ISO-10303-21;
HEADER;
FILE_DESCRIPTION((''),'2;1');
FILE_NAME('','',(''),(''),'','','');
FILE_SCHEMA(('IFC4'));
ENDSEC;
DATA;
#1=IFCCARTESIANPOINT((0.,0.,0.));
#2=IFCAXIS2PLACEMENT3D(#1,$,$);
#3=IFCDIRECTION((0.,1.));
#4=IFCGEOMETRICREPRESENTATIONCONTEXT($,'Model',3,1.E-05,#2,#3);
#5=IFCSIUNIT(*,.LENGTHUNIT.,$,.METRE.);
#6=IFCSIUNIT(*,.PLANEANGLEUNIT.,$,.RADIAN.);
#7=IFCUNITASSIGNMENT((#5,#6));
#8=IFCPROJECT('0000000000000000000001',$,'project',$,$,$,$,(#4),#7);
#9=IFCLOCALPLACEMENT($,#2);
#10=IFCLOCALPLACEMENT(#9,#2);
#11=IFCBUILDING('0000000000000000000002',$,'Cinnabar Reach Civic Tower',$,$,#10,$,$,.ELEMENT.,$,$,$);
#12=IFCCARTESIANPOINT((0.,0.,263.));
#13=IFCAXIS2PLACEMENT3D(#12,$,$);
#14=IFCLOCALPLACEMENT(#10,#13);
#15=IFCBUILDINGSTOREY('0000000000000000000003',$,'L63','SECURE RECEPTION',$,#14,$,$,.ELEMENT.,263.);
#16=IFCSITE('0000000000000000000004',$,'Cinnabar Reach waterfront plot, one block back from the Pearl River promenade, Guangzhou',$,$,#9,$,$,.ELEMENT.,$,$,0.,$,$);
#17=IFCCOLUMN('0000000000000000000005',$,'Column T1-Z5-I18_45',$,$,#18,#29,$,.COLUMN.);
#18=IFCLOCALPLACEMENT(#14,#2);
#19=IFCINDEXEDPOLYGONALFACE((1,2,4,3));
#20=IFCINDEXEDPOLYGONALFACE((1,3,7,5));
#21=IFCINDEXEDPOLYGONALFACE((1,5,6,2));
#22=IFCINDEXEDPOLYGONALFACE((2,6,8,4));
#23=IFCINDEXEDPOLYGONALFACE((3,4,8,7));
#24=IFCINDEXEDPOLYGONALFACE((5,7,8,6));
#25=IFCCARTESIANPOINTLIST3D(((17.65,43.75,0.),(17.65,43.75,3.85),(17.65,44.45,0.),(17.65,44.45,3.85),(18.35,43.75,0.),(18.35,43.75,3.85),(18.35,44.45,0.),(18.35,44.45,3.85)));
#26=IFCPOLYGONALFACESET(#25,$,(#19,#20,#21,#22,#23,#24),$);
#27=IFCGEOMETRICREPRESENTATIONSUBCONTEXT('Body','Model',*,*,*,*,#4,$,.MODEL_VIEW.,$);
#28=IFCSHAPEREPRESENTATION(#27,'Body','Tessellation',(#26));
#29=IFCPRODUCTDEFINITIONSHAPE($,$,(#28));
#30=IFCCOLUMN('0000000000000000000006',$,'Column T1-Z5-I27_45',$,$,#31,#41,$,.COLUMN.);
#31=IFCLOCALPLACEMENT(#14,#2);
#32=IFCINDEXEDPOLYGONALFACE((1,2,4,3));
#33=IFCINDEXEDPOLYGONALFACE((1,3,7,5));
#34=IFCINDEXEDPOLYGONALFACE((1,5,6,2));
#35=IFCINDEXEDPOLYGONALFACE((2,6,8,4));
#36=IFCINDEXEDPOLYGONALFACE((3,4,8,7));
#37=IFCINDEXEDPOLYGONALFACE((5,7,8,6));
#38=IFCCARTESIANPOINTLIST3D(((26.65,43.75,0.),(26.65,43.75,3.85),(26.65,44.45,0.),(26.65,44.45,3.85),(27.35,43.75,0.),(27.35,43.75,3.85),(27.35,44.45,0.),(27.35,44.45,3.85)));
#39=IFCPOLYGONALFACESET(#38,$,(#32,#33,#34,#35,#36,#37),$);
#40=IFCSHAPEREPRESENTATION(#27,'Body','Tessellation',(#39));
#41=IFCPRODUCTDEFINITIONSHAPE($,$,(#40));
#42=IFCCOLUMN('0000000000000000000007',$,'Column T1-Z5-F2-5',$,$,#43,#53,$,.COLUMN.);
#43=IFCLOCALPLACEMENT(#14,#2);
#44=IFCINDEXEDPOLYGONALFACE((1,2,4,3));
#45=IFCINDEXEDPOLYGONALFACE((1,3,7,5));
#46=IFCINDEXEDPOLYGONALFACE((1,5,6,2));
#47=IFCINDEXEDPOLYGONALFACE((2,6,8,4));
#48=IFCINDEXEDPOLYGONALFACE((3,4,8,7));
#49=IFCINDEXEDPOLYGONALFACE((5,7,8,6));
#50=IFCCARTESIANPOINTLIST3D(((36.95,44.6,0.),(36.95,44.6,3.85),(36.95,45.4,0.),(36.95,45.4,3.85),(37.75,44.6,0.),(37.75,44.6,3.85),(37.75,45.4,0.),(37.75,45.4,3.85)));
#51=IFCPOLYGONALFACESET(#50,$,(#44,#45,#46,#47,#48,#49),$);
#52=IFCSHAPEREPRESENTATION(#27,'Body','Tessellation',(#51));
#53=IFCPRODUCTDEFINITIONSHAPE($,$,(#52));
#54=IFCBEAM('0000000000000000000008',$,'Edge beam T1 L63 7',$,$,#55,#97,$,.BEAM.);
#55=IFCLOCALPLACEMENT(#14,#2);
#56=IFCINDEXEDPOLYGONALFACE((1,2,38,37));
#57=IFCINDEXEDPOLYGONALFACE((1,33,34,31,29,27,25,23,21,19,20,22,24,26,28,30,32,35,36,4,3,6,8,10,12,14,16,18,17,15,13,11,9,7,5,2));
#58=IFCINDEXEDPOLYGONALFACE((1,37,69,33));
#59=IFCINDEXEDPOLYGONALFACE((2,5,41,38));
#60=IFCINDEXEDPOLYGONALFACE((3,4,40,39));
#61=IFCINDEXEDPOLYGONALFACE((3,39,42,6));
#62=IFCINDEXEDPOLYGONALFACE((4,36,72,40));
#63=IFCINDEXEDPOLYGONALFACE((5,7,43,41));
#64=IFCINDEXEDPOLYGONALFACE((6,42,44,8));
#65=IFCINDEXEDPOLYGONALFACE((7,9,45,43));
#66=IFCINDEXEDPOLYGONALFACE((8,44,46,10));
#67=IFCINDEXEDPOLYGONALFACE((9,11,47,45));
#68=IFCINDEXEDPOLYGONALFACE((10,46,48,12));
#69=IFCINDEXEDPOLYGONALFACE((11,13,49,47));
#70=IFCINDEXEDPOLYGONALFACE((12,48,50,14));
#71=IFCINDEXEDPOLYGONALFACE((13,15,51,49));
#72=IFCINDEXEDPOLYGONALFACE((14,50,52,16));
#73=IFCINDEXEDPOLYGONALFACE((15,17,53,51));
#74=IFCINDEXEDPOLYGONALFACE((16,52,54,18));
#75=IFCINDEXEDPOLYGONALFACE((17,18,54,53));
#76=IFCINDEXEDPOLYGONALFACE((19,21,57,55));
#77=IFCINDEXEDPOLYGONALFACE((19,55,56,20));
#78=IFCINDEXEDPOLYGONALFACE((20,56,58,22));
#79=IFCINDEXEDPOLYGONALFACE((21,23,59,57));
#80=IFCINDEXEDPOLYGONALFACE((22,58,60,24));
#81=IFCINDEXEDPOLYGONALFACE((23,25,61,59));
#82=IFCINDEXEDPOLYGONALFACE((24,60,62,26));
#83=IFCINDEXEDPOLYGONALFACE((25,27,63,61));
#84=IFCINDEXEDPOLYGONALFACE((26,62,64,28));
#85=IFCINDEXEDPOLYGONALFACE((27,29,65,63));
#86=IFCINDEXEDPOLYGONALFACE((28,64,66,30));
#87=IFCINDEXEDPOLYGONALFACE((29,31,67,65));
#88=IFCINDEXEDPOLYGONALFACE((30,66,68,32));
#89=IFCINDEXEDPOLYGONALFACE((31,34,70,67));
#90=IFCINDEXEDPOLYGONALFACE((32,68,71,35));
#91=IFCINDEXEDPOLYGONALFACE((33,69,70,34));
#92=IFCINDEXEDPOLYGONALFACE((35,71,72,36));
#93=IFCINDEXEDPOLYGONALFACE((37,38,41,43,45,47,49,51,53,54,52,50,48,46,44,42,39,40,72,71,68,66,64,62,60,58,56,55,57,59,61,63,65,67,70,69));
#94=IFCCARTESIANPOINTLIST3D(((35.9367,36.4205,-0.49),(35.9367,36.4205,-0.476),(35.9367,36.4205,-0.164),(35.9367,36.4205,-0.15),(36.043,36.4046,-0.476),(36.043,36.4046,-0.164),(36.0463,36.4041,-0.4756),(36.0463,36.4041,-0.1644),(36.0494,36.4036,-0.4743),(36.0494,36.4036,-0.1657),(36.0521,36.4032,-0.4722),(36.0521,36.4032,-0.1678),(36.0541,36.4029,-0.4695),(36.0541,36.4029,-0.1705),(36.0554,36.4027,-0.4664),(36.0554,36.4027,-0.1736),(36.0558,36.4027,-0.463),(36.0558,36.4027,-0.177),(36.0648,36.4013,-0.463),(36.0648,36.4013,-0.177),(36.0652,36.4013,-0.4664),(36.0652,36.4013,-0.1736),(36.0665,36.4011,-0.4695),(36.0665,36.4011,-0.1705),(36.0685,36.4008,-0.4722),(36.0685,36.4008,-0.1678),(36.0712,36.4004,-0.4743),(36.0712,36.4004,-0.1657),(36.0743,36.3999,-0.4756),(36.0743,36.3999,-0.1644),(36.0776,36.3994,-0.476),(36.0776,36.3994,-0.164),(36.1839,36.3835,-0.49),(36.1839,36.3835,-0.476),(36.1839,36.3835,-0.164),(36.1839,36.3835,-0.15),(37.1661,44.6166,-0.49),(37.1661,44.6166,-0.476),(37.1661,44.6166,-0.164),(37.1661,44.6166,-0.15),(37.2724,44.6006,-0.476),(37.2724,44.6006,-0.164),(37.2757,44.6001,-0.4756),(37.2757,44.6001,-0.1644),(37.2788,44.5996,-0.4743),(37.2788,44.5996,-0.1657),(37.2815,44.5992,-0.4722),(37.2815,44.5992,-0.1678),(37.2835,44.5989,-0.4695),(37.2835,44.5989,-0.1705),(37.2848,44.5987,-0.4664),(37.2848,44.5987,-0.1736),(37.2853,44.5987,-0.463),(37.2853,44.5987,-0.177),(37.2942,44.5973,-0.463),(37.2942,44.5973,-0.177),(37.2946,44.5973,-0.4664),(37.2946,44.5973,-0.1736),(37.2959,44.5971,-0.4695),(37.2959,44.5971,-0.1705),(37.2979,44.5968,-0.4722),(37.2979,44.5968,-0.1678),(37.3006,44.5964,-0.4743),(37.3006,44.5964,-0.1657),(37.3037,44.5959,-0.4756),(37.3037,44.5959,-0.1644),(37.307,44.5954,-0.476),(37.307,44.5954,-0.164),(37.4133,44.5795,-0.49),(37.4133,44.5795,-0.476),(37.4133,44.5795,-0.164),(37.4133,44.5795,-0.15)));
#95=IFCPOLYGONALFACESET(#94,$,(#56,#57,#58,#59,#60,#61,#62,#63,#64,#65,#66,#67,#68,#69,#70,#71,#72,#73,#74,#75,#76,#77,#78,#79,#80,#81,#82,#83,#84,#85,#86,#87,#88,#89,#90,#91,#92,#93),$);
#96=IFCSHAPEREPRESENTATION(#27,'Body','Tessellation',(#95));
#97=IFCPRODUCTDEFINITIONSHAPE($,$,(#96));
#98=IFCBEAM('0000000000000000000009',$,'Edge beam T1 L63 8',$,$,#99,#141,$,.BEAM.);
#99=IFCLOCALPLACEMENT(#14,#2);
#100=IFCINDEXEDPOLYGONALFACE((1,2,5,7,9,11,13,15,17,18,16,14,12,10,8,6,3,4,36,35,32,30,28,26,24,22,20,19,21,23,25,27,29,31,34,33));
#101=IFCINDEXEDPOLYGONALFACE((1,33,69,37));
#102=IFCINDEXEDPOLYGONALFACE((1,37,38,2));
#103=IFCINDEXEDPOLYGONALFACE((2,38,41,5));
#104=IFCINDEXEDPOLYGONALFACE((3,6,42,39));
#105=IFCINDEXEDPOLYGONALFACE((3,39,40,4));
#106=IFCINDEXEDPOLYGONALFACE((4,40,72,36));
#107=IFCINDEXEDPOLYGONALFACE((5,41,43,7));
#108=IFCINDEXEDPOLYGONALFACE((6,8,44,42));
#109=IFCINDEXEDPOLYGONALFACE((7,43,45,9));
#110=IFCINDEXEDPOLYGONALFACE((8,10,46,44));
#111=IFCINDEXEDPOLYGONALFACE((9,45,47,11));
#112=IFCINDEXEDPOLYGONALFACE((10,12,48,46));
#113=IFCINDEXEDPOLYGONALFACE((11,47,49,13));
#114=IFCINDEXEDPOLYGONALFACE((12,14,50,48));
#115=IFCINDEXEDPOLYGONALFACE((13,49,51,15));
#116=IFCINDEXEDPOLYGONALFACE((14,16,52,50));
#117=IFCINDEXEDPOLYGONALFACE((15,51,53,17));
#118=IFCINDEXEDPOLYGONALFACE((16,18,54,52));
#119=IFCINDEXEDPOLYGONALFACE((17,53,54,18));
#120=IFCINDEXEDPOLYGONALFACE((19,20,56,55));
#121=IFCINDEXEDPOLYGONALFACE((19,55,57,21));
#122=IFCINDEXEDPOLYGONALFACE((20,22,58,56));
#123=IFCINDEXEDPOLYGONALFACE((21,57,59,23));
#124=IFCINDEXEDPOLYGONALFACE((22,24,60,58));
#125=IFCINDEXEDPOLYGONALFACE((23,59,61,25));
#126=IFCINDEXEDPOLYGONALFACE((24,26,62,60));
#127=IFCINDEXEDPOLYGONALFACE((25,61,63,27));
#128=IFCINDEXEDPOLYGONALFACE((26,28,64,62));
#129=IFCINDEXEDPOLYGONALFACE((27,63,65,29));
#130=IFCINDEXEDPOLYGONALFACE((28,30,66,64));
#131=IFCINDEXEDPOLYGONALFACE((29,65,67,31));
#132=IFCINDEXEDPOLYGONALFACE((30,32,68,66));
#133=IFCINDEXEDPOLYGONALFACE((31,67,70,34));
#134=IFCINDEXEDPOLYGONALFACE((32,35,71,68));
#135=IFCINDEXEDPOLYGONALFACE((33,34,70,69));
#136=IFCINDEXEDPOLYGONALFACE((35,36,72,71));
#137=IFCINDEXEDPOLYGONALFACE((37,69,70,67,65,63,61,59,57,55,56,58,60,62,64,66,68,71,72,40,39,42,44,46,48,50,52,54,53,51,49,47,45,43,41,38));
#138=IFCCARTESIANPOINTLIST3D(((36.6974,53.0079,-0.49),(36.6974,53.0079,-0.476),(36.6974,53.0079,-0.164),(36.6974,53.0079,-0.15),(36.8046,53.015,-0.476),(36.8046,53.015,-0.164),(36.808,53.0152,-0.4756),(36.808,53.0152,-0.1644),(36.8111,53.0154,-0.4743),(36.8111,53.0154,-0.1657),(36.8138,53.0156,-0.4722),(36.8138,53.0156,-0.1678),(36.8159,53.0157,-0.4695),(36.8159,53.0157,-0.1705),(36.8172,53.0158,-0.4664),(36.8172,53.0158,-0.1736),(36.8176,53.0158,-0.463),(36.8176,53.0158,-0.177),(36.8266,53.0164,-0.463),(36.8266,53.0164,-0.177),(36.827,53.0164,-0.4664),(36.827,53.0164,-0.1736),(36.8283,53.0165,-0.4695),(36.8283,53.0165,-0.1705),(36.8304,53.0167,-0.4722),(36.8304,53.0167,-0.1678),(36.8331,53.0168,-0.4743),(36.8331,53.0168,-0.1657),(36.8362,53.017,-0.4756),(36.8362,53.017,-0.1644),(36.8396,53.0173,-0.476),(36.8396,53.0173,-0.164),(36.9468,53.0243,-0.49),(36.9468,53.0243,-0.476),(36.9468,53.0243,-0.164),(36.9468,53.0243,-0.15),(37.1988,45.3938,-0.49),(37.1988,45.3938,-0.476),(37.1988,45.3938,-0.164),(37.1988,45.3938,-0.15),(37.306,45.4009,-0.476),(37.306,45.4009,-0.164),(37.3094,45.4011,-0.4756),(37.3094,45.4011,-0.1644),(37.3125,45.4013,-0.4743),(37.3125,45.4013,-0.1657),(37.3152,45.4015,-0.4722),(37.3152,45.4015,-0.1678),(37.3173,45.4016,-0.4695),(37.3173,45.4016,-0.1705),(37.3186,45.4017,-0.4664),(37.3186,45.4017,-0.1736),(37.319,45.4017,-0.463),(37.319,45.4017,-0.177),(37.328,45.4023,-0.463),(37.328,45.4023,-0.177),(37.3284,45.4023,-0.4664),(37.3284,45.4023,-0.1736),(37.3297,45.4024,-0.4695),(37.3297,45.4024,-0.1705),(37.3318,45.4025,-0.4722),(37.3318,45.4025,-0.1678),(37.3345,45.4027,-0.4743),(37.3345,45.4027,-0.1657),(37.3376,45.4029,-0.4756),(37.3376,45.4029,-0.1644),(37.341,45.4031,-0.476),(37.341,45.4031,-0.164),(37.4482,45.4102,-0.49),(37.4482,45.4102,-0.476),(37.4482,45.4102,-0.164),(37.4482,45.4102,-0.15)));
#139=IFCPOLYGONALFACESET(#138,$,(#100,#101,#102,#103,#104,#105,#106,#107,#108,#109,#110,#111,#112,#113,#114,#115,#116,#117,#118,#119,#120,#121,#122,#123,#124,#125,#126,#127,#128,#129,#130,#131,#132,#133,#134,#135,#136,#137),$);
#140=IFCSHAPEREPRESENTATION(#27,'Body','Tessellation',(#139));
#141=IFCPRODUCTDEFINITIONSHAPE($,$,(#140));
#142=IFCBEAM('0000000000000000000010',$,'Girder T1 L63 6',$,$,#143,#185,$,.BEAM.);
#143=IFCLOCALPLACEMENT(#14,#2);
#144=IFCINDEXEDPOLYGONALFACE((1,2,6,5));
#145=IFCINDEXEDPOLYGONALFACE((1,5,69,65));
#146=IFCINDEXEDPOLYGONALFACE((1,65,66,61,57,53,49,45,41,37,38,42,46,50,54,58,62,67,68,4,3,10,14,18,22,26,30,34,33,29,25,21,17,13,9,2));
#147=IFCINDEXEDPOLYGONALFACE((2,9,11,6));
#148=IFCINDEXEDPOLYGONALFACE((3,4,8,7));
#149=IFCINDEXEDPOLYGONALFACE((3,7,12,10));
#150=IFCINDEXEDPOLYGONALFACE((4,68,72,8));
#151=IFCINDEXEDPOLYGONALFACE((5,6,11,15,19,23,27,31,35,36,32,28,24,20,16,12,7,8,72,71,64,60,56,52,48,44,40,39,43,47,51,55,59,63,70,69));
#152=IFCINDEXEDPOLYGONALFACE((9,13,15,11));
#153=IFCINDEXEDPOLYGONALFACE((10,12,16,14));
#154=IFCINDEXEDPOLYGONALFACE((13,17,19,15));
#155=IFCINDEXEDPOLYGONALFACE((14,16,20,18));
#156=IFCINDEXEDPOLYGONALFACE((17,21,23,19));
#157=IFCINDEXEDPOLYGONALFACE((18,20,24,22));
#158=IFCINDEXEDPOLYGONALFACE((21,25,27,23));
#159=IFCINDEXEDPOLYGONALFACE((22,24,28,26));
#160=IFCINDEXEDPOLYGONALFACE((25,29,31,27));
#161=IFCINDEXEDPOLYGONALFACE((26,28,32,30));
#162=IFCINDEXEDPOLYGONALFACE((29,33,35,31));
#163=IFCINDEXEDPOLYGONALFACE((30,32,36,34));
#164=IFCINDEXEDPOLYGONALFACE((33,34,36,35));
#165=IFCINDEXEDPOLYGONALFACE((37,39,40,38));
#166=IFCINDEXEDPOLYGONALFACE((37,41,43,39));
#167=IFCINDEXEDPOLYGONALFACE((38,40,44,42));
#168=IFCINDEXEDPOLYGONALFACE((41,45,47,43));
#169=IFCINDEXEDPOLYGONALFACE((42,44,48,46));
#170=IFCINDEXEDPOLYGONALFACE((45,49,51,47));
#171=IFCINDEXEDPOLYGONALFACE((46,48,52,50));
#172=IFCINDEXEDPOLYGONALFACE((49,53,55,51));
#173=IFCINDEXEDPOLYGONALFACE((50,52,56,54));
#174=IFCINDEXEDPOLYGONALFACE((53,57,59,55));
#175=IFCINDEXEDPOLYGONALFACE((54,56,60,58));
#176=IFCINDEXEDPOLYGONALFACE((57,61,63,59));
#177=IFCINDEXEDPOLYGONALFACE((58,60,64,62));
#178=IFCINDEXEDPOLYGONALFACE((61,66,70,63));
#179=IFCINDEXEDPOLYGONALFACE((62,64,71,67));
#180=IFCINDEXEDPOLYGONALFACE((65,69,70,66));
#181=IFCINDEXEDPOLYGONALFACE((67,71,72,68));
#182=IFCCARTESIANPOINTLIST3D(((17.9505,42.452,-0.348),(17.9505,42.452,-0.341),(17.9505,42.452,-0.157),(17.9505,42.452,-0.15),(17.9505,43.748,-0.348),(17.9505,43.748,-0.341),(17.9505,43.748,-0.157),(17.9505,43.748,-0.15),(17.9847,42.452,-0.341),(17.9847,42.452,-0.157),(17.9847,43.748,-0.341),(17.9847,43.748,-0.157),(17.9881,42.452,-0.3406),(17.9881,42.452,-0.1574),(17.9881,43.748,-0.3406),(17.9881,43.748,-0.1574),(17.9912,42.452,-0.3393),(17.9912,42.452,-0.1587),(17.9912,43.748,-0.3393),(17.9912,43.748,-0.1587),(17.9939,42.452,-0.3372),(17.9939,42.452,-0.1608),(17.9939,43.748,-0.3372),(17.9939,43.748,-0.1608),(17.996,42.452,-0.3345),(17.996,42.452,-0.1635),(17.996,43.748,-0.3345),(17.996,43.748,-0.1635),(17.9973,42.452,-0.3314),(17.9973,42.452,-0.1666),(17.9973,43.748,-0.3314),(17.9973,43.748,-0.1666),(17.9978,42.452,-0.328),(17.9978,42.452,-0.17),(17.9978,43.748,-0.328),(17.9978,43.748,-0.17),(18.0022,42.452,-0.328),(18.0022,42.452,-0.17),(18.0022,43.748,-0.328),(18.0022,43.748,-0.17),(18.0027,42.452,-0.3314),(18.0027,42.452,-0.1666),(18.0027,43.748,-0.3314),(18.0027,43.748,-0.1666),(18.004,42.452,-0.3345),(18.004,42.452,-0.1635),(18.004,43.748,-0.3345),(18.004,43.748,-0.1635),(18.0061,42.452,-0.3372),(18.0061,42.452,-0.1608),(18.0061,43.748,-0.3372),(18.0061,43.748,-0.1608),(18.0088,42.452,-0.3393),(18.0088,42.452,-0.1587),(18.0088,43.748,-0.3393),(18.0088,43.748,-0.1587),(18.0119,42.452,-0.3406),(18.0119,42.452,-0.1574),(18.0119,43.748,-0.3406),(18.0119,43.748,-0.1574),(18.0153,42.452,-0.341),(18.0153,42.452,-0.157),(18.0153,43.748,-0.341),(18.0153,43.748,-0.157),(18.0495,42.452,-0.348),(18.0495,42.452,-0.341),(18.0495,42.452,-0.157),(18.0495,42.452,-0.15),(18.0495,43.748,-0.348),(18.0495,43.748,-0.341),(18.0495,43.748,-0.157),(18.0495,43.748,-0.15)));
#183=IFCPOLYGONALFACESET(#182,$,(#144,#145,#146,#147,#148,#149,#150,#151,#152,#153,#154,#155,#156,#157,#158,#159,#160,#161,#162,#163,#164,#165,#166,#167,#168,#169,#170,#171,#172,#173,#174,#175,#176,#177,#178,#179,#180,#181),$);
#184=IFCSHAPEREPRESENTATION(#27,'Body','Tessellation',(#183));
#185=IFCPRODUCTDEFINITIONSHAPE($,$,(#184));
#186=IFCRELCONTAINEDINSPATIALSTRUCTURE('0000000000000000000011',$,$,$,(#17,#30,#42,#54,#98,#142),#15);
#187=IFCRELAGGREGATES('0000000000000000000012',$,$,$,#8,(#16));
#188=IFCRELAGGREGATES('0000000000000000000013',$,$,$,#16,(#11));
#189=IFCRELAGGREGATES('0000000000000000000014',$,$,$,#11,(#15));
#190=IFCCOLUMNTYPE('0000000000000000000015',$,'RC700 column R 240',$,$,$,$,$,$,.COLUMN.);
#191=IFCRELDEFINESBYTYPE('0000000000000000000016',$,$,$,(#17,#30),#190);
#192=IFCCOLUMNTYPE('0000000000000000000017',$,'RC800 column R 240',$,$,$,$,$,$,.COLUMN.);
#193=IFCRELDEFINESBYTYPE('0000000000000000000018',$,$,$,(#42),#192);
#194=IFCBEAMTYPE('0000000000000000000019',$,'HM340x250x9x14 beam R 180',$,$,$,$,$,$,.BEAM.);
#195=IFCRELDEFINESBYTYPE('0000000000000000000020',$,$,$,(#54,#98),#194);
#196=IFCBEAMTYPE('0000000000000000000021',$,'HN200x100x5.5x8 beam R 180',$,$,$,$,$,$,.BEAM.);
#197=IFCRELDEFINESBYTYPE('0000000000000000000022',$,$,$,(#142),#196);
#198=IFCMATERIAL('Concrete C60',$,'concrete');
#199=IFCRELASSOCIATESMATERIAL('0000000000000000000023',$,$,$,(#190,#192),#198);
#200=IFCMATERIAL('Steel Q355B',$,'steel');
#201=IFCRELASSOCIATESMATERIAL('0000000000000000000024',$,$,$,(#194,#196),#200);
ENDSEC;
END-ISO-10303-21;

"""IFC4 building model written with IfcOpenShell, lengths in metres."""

from ifc_helpers import new_model, si_unit, direction, frame, origin, origin_2d, place, context, subcontext, project, spatial, rectangle, i_section, extrude, material, material_profile, profile_set, type_object, element, save


model = new_model("IFC4")

# Units and contexts
model_context = context("Model", 3, precision=1e-05, world=origin(), true_north=direction((0.0, 1.0)))
body_context = subcontext(model_context, "Body", "Model", "MODEL_VIEW")
ifc_project = project(units=[si_unit("LENGTHUNIT", "METRE"), si_unit("PLANEANGLEUNIT", "RADIAN")], contexts=[model_context])

# Site, building, storey
site_placement = place(None, origin())
site = spatial("IfcSite", under=ifc_project, at=site_placement, Name="Cinnabar Reach waterfront plot, one block back from the Pearl River promenade, Guangzhou", CompositionType="ELEMENT", RefElevation=0.0)
building_placement = place(site_placement, origin())
building = spatial("IfcBuilding", under=site, at=building_placement, Name="Cinnabar Reach Civic Tower", CompositionType="ELEMENT")
storey_placement = place(building_placement, frame((0.0, 0.0, 263.0)))
storey = spatial("IfcBuildingStorey", under=building, at=storey_placement, Name="L63", Description="SECURE RECEPTION", CompositionType="ELEMENT", Elevation=263.0)

# Columns
ifc_material_1 = material(Name="Concrete C60", Category="concrete")
ifc_material_profile_1 = material_profile(ifc_material_1, rectangle(XDim=0.7, YDim=0.7, at=origin_2d()), Name="RC700")
ifc_profile_set_1 = profile_set([ifc_material_profile_1], Name="Concrete C60")
column_type_1 = type_object("IfcColumnType", Name="RC700 column R 240", PredefinedType="COLUMN", material=ifc_profile_set_1)
for number, where, z_axis, x_axis, name in (
    (1, (18.0, 44.1, 0.0), (0.0, 0.0, 1.0), (1.0, 0.0, 0.0), "Column T1-Z5-I18_45"),
    (2, (27.0, 44.1, 0.0), (0.0, 0.0, 1.0), (1.0, 0.0, 0.0), "Column T1-Z5-I27_45"),
):
    element("IfcColumn", number, at=place(storey_placement, frame(where, z_axis=z_axis, x_axis=x_axis)), inside=storey, type_object=column_type_1, Name=name, PredefinedType="COLUMN", context=body_context, shape_type="SweptSolid", body=[
        extrude(rectangle(XDim=0.7, YDim=0.7, at=origin_2d()), origin(), (0.0, 0.0, 1.0), 3.85),
    ])
ifc_material_profile_2 = material_profile(ifc_material_1, rectangle(XDim=0.8, YDim=0.8, at=origin_2d()), Name="RC800")
ifc_profile_set_2 = profile_set([ifc_material_profile_2], Name="Concrete C60")
column_type_2 = type_object("IfcColumnType", Name="RC800 column R 240", PredefinedType="COLUMN", material=ifc_profile_set_2)
column_placement = place(storey_placement, frame((37.35, 45.0, 0.0), z_axis=(0.0, 0.0, 1.0), x_axis=(1.0, 0.0, 0.0)))
element("IfcColumn", 3, at=column_placement, inside=storey, type_object=column_type_2, Name="Column T1-Z5-F2-5", PredefinedType="COLUMN", context=body_context, shape_type="SweptSolid", body=[
    extrude(rectangle(XDim=0.8, YDim=0.8, at=origin_2d()), origin(), (0.0, 0.0, 1.0), 3.85),
])

# Beams
ifc_material_2 = material(Name="Steel Q355B", Category="steel")
ifc_material_profile_3 = material_profile(ifc_material_2, i_section(OverallWidth=0.25, OverallDepth=0.34, WebThickness=0.009, FlangeThickness=0.014, FilletRadius=0.013, at=origin_2d()), Name="HM340x250x9x14")
ifc_profile_set_3 = profile_set([ifc_material_profile_3], Name="Steel Q355B")
beam_type_1 = type_object("IfcBeamType", Name="HM340x250x9x14 beam R 180", PredefinedType="BEAM", material=ifc_profile_set_3)
beam_1_placement = place(storey_placement, frame((36.0603, 36.402, -0.32), z_axis=(0.14834, 0.988936, 0.0), x_axis=(-0.988936, 0.14834, 0.0)))
element("IfcBeam", 4, at=beam_1_placement, inside=storey, type_object=beam_type_1, Name="Edge beam T1 L63 7", PredefinedType="BEAM", context=body_context, shape_type="SweptSolid", body=[
    extrude(i_section(OverallWidth=0.25, OverallDepth=0.34, WebThickness=0.009, FlangeThickness=0.014, FilletRadius=0.013, at=origin_2d()), origin(), (0.0, 0.0, 1.0), 8.2877),
])
beam_2_placement = place(storey_placement, frame((37.3235, 45.402, -0.32), z_axis=(-0.065709, 0.997839, 0.0), x_axis=(-0.997839, -0.065709, 0.0)))
element("IfcBeam", 5, at=beam_2_placement, inside=storey, type_object=beam_type_1, Name="Edge beam T1 L63 8", PredefinedType="BEAM", context=body_context, shape_type="SweptSolid", body=[
    extrude(i_section(OverallWidth=0.25, OverallDepth=0.34, WebThickness=0.009, FlangeThickness=0.014, FilletRadius=0.013, at=origin_2d()), origin(), (0.0, 0.0, 1.0), 7.6306),
])
ifc_material_profile_4 = material_profile(ifc_material_2, i_section(OverallWidth=0.099, OverallDepth=0.198, WebThickness=0.0045, FlangeThickness=0.007, FilletRadius=0.013, at=origin_2d()), Name="HN200x100x5.5x8")
ifc_profile_set_4 = profile_set([ifc_material_profile_4], Name="Steel Q355B")
beam_type_2 = type_object("IfcBeamType", Name="HN200x100x5.5x8 beam R 180", PredefinedType="BEAM", material=ifc_profile_set_4)
beam_3_placement = place(storey_placement, frame((18.0, 42.452, -0.249), z_axis=(0.0, 1.0, 0.0), x_axis=(-1.0, 0.0, 0.0)))
element("IfcBeam", 6, at=beam_3_placement, inside=storey, type_object=beam_type_2, Name="Girder T1 L63 6", PredefinedType="BEAM", context=body_context, shape_type="SweptSolid", body=[
    extrude(i_section(OverallWidth=0.099, OverallDepth=0.198, WebThickness=0.0045, FlangeThickness=0.007, FilletRadius=0.013, at=origin_2d()), origin(), (0.0, 0.0, 1.0), 1.296),
])

save(model, "model.ifc")
